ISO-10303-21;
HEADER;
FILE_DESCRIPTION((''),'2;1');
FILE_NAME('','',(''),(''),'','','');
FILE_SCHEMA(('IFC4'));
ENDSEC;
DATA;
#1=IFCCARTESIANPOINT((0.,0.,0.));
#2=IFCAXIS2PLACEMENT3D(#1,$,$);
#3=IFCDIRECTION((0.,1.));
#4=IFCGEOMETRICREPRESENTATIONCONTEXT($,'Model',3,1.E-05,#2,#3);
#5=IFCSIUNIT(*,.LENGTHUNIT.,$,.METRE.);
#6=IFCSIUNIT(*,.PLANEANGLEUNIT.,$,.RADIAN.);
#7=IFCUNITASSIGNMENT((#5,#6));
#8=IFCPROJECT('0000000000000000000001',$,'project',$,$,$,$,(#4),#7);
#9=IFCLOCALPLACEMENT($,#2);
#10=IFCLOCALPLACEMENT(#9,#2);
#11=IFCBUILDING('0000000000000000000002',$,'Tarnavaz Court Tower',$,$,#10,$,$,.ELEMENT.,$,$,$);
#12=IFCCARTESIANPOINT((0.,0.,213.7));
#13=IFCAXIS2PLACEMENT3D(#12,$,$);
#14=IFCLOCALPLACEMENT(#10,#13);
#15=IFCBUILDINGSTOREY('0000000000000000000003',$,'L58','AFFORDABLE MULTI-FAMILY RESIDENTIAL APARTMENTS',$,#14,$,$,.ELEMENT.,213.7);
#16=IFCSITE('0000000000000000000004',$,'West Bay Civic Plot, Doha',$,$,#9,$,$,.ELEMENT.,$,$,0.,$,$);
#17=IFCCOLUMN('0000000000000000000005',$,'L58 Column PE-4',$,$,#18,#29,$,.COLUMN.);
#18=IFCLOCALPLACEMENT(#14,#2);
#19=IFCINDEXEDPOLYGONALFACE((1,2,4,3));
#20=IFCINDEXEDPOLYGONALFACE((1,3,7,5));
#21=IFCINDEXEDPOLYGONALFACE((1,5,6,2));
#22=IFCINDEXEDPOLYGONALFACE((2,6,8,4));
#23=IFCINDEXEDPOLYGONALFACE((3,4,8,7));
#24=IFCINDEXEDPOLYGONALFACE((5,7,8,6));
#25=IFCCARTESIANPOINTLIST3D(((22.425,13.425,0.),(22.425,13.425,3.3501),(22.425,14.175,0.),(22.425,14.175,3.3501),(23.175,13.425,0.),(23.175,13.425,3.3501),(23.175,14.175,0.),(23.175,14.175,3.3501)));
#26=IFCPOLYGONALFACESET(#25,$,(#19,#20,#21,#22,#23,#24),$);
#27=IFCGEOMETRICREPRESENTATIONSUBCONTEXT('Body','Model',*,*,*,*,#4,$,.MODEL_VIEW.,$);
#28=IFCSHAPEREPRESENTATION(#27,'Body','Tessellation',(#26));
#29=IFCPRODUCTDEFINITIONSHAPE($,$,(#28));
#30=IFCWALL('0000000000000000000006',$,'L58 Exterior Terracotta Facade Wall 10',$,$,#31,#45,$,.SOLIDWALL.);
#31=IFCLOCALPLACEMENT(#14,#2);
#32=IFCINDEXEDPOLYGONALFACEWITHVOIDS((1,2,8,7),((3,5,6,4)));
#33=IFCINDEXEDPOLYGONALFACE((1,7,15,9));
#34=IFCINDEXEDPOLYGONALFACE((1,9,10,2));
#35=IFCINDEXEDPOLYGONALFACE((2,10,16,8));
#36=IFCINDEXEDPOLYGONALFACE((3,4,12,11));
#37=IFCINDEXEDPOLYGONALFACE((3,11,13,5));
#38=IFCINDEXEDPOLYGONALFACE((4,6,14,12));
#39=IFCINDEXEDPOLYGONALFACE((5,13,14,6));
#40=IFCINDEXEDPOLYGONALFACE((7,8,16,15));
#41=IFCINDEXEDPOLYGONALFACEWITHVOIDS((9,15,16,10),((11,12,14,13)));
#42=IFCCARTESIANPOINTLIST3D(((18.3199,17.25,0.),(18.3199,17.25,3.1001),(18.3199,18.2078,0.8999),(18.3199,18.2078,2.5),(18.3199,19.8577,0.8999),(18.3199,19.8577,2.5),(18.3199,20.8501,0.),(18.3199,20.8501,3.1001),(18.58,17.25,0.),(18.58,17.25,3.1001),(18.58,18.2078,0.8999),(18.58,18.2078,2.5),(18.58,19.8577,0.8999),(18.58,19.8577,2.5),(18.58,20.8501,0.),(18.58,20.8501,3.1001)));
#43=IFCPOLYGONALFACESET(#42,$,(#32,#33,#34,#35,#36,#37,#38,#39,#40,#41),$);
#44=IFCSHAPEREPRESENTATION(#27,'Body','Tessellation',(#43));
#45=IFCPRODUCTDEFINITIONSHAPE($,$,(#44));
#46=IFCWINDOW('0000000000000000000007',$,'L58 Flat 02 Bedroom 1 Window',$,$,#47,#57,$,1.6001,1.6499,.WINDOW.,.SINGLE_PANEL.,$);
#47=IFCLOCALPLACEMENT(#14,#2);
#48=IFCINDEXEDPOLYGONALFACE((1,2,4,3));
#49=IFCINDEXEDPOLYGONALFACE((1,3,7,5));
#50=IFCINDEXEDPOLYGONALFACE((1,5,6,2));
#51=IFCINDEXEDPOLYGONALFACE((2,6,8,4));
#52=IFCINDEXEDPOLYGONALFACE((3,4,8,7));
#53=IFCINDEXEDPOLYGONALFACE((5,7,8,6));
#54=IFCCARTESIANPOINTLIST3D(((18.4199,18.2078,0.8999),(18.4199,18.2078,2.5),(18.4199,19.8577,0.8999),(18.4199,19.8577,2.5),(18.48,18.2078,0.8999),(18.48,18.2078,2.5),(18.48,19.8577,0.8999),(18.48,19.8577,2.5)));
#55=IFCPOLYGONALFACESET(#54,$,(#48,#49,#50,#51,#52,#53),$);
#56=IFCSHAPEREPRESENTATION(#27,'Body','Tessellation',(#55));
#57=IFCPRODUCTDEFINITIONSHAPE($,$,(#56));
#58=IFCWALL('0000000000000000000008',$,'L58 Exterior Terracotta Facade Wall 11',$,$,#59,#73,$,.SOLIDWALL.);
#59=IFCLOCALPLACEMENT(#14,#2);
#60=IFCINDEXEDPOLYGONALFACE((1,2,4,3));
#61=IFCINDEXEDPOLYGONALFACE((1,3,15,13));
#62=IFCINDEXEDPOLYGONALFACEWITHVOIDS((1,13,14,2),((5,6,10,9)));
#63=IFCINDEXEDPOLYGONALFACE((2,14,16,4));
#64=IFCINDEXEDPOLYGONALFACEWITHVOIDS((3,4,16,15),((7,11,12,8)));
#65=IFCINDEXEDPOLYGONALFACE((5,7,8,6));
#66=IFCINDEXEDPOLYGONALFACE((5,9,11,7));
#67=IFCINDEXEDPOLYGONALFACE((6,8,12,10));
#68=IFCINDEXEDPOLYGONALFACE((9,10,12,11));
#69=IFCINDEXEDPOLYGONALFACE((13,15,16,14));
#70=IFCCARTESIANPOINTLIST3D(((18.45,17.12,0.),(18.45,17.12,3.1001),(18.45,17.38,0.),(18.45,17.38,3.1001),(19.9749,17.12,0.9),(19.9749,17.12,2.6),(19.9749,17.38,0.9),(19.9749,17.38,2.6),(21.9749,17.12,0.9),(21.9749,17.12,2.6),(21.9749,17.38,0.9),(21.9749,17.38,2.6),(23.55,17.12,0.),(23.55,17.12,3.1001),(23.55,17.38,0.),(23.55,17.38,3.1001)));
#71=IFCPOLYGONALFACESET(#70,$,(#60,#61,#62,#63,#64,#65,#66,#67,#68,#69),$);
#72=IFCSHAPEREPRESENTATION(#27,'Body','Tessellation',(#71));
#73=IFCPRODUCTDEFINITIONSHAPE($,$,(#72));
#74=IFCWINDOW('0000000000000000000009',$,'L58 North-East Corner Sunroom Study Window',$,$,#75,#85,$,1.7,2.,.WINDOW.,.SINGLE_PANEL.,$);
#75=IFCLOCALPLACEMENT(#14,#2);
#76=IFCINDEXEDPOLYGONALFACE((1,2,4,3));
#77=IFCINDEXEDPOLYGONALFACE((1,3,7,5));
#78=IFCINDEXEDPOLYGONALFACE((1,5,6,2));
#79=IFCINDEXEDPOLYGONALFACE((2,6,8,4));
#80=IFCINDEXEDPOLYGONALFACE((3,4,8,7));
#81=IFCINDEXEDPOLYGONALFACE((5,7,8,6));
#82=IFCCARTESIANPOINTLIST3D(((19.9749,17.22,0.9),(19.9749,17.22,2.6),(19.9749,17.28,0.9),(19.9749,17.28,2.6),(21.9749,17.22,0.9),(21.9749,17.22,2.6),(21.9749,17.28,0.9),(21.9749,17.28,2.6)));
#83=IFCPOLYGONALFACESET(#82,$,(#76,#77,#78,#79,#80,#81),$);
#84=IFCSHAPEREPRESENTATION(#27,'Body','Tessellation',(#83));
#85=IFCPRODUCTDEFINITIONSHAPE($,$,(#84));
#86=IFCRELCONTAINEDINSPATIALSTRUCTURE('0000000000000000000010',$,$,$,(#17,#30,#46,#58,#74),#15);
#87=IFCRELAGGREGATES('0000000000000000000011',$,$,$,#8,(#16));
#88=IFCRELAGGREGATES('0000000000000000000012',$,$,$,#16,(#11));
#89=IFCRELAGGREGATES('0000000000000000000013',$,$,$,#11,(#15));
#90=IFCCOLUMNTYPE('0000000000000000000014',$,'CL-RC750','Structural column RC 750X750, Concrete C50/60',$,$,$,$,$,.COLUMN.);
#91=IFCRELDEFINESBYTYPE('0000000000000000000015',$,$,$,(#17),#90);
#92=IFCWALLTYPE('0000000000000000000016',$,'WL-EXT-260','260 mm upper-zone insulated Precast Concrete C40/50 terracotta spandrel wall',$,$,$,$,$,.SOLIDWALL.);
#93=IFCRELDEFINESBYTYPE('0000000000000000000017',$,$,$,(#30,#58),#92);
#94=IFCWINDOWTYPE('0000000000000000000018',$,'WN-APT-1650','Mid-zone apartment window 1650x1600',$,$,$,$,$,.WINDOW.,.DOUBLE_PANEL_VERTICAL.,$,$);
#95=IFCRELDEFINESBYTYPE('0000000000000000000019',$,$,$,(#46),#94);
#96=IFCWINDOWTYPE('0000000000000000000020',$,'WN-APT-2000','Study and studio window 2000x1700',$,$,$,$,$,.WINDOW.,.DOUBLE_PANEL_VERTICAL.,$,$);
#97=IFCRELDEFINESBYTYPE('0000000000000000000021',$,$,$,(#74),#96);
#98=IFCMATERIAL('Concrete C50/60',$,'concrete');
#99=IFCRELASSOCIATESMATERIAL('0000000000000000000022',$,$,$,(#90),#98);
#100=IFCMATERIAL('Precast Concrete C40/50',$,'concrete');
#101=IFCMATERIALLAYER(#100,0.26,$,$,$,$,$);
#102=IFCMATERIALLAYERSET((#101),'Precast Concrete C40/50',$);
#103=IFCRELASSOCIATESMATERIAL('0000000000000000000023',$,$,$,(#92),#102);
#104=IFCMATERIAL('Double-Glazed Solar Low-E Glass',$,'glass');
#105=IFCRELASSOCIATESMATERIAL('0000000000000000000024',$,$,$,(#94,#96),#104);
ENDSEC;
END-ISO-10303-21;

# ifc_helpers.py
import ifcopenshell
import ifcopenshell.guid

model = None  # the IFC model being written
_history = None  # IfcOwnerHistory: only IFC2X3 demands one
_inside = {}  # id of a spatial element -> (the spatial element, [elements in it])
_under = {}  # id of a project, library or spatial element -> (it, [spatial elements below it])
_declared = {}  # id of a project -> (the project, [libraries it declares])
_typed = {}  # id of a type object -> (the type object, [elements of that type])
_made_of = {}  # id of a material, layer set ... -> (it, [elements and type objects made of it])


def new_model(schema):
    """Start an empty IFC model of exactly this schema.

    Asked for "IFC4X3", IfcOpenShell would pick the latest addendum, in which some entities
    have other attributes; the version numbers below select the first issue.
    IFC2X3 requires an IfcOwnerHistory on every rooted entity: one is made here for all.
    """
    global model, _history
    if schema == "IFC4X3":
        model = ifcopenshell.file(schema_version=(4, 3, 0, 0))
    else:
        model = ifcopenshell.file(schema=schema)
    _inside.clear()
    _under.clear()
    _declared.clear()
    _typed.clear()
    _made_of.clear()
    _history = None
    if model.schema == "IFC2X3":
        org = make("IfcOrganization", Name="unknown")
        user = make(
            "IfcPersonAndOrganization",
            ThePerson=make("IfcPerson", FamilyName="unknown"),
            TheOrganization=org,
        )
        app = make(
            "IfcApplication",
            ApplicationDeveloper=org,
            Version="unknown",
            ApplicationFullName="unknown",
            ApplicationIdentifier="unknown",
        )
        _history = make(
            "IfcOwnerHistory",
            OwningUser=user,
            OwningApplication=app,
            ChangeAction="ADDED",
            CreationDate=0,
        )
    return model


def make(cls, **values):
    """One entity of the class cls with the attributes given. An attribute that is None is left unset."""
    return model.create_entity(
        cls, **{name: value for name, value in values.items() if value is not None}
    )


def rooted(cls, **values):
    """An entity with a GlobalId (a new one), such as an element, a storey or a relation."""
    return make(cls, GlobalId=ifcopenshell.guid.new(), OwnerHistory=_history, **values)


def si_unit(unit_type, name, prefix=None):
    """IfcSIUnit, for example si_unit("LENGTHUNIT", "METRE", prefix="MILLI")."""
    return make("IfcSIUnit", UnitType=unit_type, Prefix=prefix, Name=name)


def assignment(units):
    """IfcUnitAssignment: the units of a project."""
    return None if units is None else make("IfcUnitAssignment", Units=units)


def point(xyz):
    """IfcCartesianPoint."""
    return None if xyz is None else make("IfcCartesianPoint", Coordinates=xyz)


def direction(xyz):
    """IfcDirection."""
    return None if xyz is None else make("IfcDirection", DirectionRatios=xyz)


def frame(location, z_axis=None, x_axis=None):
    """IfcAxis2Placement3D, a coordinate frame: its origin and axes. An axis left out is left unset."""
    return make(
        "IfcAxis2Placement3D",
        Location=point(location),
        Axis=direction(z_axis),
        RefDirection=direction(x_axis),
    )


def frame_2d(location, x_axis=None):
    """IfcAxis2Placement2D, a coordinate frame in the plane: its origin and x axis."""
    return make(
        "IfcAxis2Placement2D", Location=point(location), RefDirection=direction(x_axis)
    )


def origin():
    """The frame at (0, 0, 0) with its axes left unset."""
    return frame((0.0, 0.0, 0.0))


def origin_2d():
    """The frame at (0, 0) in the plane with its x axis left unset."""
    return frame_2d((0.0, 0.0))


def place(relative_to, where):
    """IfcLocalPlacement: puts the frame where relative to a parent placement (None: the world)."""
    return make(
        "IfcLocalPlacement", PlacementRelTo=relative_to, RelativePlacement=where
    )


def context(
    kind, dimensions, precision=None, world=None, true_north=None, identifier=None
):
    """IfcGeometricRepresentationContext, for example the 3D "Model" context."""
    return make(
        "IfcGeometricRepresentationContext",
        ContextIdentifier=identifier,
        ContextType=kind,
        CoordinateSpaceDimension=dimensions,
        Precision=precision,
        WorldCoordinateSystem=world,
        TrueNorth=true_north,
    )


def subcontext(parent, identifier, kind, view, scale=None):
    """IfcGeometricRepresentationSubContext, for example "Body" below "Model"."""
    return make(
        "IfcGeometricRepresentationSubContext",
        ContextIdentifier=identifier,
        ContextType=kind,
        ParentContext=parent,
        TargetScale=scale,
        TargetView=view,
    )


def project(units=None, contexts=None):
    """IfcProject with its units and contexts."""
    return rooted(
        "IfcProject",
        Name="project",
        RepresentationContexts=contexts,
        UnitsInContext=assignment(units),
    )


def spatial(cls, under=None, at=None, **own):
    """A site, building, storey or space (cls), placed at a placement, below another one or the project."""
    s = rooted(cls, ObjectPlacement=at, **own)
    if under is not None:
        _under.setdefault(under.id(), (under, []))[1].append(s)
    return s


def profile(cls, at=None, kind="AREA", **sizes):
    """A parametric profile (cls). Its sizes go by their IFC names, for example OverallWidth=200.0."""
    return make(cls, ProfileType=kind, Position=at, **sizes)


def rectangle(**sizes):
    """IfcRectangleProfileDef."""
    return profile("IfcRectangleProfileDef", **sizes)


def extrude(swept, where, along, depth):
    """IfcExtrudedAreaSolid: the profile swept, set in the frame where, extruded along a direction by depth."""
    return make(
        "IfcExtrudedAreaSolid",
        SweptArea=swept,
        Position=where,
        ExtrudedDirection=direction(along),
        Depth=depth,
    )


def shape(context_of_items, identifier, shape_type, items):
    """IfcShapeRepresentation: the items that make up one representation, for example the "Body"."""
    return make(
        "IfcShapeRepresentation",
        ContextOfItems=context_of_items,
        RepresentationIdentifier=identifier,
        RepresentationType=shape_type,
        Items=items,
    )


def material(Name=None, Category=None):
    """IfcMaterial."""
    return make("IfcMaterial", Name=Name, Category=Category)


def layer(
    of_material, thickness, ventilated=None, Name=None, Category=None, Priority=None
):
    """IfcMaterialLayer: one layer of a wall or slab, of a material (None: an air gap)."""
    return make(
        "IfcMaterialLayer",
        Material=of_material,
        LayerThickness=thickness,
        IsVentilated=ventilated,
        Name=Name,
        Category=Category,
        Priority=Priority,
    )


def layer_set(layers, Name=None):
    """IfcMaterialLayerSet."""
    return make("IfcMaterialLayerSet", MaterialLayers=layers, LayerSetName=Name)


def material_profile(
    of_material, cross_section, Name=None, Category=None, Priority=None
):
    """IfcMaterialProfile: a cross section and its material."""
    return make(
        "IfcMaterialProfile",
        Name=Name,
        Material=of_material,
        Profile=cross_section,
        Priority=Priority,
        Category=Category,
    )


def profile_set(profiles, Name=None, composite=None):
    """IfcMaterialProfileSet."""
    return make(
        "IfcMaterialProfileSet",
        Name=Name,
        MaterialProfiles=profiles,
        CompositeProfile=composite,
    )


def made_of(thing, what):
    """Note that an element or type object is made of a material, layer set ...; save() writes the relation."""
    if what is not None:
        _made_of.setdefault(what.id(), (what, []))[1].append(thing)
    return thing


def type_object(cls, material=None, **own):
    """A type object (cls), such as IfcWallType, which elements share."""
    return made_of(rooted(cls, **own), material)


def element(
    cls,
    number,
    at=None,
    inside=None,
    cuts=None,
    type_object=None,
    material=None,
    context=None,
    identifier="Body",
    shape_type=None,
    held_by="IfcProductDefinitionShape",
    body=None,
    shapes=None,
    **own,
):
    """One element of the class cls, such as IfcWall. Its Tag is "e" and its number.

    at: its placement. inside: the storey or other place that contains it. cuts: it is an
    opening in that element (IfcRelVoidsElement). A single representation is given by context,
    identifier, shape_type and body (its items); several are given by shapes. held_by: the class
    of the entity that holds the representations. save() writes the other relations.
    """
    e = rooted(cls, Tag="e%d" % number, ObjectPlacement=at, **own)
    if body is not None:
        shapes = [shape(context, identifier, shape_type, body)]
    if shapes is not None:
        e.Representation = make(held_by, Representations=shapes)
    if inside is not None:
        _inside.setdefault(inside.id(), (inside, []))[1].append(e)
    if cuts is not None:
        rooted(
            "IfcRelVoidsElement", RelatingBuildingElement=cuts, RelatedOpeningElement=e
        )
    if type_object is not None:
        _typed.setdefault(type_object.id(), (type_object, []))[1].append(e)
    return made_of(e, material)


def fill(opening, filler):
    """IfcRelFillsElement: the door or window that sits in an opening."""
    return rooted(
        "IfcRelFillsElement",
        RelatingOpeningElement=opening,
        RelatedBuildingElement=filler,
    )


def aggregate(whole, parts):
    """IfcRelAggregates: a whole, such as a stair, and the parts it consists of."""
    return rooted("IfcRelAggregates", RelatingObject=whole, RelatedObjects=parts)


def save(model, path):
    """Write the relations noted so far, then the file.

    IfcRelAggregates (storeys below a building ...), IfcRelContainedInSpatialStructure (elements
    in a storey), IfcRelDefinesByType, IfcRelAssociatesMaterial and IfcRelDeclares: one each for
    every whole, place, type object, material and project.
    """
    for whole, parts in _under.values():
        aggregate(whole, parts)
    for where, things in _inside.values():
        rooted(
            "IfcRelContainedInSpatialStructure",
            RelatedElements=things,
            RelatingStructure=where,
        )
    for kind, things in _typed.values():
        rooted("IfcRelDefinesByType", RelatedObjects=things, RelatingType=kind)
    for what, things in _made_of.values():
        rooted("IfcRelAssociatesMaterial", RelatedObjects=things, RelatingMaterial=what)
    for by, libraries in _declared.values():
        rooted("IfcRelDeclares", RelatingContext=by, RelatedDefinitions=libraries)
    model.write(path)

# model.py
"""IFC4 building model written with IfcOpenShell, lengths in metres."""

from ifc_helpers import new_model, si_unit, direction, frame, frame_2d, origin, origin_2d, place, context, subcontext, project, spatial, rectangle, extrude, material, layer, layer_set, material_profile, profile_set, type_object, element, fill, save


model = new_model("IFC4")

# Units and contexts
model_context = context("Model", 3, precision=1e-05, world=origin(), true_north=direction((0.0, 1.0)))
body_context = subcontext(model_context, "Body", "Model", "MODEL_VIEW")
ifc_project = project(units=[si_unit("LENGTHUNIT", "METRE"), si_unit("PLANEANGLEUNIT", "RADIAN")], contexts=[model_context])

# Site, building, storey
site_placement = place(None, origin())
site = spatial("IfcSite", under=ifc_project, at=site_placement, Name="West Bay Civic Plot, Doha", CompositionType="ELEMENT", RefElevation=0.0)
building_placement = place(site_placement, origin())
building = spatial("IfcBuilding", under=site, at=building_placement, Name="Tarnavaz Court Tower", CompositionType="ELEMENT")
storey_placement = place(building_placement, frame((0.0, 0.0, 213.7)))
storey = spatial("IfcBuildingStorey", under=building, at=storey_placement, Name="L58", Description="AFFORDABLE MULTI-FAMILY RESIDENTIAL APARTMENTS", CompositionType="ELEMENT", Elevation=213.7)

# Column
ifc_material_1 = material(Name="Concrete C50/60", Category="concrete")
ifc_material_profile_1 = material_profile(ifc_material_1, rectangle(XDim=0.75, YDim=0.75, at=origin_2d()), Name="RC 750X750")
ifc_profile_set_1 = profile_set([ifc_material_profile_1], Name="Concrete C50/60")
column_type = type_object("IfcColumnType", Name="CL-RC750", Description="Structural column RC 750X750, Concrete C50/60", PredefinedType="COLUMN", material=ifc_profile_set_1)
column_placement = place(storey_placement, frame((22.8, 13.8, 0.0), z_axis=(0.0, 0.0, 1.0), x_axis=(1.0, 0.0, 0.0)))
element("IfcColumn", 1, at=column_placement, inside=storey, type_object=column_type, Name="L58 Column PE-4", PredefinedType="COLUMN", context=body_context, shape_type="SweptSolid", body=[
    extrude(rectangle(XDim=0.75, YDim=0.75, at=origin_2d()), origin(), (0.0, 0.0, 1.0), 3.3501),
])

# Walls, openings, windows
ifc_material_2 = material(Name="Precast Concrete C40/50", Category="concrete")
ifc_layer_1 = layer(ifc_material_2, 0.26)
ifc_layer_set_1 = layer_set([ifc_layer_1], Name="Precast Concrete C40/50")
wall_type_1 = type_object("IfcWallType", Name="WL-EXT-260", Description="260 mm upper-zone insulated Precast Concrete C40/50 terracotta spandrel wall", PredefinedType="SOLIDWALL", material=ifc_layer_set_1)
wall_1_placement = place(storey_placement, frame((18.45, 20.8501, 0.0), z_axis=(0.0, 0.0, 1.0), x_axis=(0.0, -1.0, 0.0)))
wall_1 = element("IfcWall", 2, at=wall_1_placement, inside=storey, type_object=wall_type_1, Name="L58 Exterior Terracotta Facade Wall 10", PredefinedType="SOLIDWALL", context=body_context, shape_type="SweptSolid", body=[
    extrude(rectangle(XDim=3.6001, YDim=0.26, at=frame_2d((1.8, 0.0))), origin(), (0.0, 0.0, 1.0), 3.1001),
])
opening_1_placement = place(wall_1_placement, frame((0.9924, 0.0, 0.8999)))
opening_1 = element("IfcOpeningElement", 3, at=opening_1_placement, cuts=wall_1, PredefinedType="OPENING", context=body_context, shape_type="SweptSolid", body=[
    extrude(rectangle(XDim=1.6499, YDim=1.6001, at=frame_2d((0.825, 0.8))), frame((0.0, 0.1399, 0.0), z_axis=(0.0, -1.0, 0.0), x_axis=(1.0, 0.0, 0.0)), (0.0, 0.0, 1.0), 0.28),
])
ifc_material_3 = material(Name="Double-Glazed Solar Low-E Glass", Category="glass")
window_type_1 = type_object("IfcWindowType", Name="WN-APT-1650", Description="Mid-zone apartment window 1650x1600", PartitioningType="DOUBLE_PANEL_VERTICAL", PredefinedType="WINDOW", material=ifc_material_3)
window_1_placement = place(opening_1_placement, origin())
window_1 = element("IfcWindow", 4, at=window_1_placement, inside=storey, type_object=window_type_1, Name="L58 Flat 02 Bedroom 1 Window", OverallHeight=1.6001, OverallWidth=1.6499, PartitioningType="SINGLE_PANEL", PredefinedType="WINDOW", context=body_context, shape_type="SweptSolid", body=[
    extrude(rectangle(XDim=1.6499, YDim=1.6001, at=frame_2d((0.825, 0.8))), frame((0.0, 0.03, 0.0), z_axis=(0.0, -1.0, 0.0), x_axis=(1.0, 0.0, 0.0)), (0.0, 0.0, 1.0), 0.0601),
])
fill(opening_1, window_1)
wall_2_placement = place(storey_placement, frame((18.45, 17.25, 0.0), z_axis=(0.0, 0.0, 1.0), x_axis=(1.0, 0.0, 0.0)))
wall_2 = element("IfcWall", 5, at=wall_2_placement, inside=storey, type_object=wall_type_1, Name="L58 Exterior Terracotta Facade Wall 11", PredefinedType="SOLIDWALL", context=body_context, shape_type="SweptSolid", body=[
    extrude(rectangle(XDim=5.1001, YDim=0.26, at=frame_2d((2.55, 0.0))), origin(), (0.0, 0.0, 1.0), 3.1001),
])
opening_2_placement = place(wall_2_placement, frame((1.5249, 0.0, 0.8999)))
opening_2 = element("IfcOpeningElement", 6, at=opening_2_placement, cuts=wall_2, PredefinedType="OPENING", context=body_context, shape_type="SweptSolid", body=[
    extrude(rectangle(XDim=2.0, YDim=1.7, at=frame_2d((1.0, 0.8501))), frame((0.0, 0.1399, 0.0), z_axis=(0.0, -1.0, 0.0), x_axis=(1.0, 0.0, 0.0)), (0.0, 0.0, 1.0), 0.28),
])
window_type_2 = type_object("IfcWindowType", Name="WN-APT-2000", Description="Study and studio window 2000x1700", PartitioningType="DOUBLE_PANEL_VERTICAL", PredefinedType="WINDOW", material=ifc_material_3)
window_2_placement = place(opening_2_placement, origin())
window_2 = element("IfcWindow", 7, at=window_2_placement, inside=storey, type_object=window_type_2, Name="L58 North-East Corner Sunroom Study Window", OverallHeight=1.7, OverallWidth=2.0, PartitioningType="SINGLE_PANEL", PredefinedType="WINDOW", context=body_context, shape_type="SweptSolid", body=[
    extrude(rectangle(XDim=2.0, YDim=1.7, at=frame_2d((1.0, 0.8501))), frame((0.0, 0.03, 0.0), z_axis=(0.0, -1.0, 0.0), x_axis=(1.0, 0.0, 0.0)), (0.0, 0.0, 1.0), 0.0601),
])
fill(opening_2, window_2)

save(model, "model.ifc")
